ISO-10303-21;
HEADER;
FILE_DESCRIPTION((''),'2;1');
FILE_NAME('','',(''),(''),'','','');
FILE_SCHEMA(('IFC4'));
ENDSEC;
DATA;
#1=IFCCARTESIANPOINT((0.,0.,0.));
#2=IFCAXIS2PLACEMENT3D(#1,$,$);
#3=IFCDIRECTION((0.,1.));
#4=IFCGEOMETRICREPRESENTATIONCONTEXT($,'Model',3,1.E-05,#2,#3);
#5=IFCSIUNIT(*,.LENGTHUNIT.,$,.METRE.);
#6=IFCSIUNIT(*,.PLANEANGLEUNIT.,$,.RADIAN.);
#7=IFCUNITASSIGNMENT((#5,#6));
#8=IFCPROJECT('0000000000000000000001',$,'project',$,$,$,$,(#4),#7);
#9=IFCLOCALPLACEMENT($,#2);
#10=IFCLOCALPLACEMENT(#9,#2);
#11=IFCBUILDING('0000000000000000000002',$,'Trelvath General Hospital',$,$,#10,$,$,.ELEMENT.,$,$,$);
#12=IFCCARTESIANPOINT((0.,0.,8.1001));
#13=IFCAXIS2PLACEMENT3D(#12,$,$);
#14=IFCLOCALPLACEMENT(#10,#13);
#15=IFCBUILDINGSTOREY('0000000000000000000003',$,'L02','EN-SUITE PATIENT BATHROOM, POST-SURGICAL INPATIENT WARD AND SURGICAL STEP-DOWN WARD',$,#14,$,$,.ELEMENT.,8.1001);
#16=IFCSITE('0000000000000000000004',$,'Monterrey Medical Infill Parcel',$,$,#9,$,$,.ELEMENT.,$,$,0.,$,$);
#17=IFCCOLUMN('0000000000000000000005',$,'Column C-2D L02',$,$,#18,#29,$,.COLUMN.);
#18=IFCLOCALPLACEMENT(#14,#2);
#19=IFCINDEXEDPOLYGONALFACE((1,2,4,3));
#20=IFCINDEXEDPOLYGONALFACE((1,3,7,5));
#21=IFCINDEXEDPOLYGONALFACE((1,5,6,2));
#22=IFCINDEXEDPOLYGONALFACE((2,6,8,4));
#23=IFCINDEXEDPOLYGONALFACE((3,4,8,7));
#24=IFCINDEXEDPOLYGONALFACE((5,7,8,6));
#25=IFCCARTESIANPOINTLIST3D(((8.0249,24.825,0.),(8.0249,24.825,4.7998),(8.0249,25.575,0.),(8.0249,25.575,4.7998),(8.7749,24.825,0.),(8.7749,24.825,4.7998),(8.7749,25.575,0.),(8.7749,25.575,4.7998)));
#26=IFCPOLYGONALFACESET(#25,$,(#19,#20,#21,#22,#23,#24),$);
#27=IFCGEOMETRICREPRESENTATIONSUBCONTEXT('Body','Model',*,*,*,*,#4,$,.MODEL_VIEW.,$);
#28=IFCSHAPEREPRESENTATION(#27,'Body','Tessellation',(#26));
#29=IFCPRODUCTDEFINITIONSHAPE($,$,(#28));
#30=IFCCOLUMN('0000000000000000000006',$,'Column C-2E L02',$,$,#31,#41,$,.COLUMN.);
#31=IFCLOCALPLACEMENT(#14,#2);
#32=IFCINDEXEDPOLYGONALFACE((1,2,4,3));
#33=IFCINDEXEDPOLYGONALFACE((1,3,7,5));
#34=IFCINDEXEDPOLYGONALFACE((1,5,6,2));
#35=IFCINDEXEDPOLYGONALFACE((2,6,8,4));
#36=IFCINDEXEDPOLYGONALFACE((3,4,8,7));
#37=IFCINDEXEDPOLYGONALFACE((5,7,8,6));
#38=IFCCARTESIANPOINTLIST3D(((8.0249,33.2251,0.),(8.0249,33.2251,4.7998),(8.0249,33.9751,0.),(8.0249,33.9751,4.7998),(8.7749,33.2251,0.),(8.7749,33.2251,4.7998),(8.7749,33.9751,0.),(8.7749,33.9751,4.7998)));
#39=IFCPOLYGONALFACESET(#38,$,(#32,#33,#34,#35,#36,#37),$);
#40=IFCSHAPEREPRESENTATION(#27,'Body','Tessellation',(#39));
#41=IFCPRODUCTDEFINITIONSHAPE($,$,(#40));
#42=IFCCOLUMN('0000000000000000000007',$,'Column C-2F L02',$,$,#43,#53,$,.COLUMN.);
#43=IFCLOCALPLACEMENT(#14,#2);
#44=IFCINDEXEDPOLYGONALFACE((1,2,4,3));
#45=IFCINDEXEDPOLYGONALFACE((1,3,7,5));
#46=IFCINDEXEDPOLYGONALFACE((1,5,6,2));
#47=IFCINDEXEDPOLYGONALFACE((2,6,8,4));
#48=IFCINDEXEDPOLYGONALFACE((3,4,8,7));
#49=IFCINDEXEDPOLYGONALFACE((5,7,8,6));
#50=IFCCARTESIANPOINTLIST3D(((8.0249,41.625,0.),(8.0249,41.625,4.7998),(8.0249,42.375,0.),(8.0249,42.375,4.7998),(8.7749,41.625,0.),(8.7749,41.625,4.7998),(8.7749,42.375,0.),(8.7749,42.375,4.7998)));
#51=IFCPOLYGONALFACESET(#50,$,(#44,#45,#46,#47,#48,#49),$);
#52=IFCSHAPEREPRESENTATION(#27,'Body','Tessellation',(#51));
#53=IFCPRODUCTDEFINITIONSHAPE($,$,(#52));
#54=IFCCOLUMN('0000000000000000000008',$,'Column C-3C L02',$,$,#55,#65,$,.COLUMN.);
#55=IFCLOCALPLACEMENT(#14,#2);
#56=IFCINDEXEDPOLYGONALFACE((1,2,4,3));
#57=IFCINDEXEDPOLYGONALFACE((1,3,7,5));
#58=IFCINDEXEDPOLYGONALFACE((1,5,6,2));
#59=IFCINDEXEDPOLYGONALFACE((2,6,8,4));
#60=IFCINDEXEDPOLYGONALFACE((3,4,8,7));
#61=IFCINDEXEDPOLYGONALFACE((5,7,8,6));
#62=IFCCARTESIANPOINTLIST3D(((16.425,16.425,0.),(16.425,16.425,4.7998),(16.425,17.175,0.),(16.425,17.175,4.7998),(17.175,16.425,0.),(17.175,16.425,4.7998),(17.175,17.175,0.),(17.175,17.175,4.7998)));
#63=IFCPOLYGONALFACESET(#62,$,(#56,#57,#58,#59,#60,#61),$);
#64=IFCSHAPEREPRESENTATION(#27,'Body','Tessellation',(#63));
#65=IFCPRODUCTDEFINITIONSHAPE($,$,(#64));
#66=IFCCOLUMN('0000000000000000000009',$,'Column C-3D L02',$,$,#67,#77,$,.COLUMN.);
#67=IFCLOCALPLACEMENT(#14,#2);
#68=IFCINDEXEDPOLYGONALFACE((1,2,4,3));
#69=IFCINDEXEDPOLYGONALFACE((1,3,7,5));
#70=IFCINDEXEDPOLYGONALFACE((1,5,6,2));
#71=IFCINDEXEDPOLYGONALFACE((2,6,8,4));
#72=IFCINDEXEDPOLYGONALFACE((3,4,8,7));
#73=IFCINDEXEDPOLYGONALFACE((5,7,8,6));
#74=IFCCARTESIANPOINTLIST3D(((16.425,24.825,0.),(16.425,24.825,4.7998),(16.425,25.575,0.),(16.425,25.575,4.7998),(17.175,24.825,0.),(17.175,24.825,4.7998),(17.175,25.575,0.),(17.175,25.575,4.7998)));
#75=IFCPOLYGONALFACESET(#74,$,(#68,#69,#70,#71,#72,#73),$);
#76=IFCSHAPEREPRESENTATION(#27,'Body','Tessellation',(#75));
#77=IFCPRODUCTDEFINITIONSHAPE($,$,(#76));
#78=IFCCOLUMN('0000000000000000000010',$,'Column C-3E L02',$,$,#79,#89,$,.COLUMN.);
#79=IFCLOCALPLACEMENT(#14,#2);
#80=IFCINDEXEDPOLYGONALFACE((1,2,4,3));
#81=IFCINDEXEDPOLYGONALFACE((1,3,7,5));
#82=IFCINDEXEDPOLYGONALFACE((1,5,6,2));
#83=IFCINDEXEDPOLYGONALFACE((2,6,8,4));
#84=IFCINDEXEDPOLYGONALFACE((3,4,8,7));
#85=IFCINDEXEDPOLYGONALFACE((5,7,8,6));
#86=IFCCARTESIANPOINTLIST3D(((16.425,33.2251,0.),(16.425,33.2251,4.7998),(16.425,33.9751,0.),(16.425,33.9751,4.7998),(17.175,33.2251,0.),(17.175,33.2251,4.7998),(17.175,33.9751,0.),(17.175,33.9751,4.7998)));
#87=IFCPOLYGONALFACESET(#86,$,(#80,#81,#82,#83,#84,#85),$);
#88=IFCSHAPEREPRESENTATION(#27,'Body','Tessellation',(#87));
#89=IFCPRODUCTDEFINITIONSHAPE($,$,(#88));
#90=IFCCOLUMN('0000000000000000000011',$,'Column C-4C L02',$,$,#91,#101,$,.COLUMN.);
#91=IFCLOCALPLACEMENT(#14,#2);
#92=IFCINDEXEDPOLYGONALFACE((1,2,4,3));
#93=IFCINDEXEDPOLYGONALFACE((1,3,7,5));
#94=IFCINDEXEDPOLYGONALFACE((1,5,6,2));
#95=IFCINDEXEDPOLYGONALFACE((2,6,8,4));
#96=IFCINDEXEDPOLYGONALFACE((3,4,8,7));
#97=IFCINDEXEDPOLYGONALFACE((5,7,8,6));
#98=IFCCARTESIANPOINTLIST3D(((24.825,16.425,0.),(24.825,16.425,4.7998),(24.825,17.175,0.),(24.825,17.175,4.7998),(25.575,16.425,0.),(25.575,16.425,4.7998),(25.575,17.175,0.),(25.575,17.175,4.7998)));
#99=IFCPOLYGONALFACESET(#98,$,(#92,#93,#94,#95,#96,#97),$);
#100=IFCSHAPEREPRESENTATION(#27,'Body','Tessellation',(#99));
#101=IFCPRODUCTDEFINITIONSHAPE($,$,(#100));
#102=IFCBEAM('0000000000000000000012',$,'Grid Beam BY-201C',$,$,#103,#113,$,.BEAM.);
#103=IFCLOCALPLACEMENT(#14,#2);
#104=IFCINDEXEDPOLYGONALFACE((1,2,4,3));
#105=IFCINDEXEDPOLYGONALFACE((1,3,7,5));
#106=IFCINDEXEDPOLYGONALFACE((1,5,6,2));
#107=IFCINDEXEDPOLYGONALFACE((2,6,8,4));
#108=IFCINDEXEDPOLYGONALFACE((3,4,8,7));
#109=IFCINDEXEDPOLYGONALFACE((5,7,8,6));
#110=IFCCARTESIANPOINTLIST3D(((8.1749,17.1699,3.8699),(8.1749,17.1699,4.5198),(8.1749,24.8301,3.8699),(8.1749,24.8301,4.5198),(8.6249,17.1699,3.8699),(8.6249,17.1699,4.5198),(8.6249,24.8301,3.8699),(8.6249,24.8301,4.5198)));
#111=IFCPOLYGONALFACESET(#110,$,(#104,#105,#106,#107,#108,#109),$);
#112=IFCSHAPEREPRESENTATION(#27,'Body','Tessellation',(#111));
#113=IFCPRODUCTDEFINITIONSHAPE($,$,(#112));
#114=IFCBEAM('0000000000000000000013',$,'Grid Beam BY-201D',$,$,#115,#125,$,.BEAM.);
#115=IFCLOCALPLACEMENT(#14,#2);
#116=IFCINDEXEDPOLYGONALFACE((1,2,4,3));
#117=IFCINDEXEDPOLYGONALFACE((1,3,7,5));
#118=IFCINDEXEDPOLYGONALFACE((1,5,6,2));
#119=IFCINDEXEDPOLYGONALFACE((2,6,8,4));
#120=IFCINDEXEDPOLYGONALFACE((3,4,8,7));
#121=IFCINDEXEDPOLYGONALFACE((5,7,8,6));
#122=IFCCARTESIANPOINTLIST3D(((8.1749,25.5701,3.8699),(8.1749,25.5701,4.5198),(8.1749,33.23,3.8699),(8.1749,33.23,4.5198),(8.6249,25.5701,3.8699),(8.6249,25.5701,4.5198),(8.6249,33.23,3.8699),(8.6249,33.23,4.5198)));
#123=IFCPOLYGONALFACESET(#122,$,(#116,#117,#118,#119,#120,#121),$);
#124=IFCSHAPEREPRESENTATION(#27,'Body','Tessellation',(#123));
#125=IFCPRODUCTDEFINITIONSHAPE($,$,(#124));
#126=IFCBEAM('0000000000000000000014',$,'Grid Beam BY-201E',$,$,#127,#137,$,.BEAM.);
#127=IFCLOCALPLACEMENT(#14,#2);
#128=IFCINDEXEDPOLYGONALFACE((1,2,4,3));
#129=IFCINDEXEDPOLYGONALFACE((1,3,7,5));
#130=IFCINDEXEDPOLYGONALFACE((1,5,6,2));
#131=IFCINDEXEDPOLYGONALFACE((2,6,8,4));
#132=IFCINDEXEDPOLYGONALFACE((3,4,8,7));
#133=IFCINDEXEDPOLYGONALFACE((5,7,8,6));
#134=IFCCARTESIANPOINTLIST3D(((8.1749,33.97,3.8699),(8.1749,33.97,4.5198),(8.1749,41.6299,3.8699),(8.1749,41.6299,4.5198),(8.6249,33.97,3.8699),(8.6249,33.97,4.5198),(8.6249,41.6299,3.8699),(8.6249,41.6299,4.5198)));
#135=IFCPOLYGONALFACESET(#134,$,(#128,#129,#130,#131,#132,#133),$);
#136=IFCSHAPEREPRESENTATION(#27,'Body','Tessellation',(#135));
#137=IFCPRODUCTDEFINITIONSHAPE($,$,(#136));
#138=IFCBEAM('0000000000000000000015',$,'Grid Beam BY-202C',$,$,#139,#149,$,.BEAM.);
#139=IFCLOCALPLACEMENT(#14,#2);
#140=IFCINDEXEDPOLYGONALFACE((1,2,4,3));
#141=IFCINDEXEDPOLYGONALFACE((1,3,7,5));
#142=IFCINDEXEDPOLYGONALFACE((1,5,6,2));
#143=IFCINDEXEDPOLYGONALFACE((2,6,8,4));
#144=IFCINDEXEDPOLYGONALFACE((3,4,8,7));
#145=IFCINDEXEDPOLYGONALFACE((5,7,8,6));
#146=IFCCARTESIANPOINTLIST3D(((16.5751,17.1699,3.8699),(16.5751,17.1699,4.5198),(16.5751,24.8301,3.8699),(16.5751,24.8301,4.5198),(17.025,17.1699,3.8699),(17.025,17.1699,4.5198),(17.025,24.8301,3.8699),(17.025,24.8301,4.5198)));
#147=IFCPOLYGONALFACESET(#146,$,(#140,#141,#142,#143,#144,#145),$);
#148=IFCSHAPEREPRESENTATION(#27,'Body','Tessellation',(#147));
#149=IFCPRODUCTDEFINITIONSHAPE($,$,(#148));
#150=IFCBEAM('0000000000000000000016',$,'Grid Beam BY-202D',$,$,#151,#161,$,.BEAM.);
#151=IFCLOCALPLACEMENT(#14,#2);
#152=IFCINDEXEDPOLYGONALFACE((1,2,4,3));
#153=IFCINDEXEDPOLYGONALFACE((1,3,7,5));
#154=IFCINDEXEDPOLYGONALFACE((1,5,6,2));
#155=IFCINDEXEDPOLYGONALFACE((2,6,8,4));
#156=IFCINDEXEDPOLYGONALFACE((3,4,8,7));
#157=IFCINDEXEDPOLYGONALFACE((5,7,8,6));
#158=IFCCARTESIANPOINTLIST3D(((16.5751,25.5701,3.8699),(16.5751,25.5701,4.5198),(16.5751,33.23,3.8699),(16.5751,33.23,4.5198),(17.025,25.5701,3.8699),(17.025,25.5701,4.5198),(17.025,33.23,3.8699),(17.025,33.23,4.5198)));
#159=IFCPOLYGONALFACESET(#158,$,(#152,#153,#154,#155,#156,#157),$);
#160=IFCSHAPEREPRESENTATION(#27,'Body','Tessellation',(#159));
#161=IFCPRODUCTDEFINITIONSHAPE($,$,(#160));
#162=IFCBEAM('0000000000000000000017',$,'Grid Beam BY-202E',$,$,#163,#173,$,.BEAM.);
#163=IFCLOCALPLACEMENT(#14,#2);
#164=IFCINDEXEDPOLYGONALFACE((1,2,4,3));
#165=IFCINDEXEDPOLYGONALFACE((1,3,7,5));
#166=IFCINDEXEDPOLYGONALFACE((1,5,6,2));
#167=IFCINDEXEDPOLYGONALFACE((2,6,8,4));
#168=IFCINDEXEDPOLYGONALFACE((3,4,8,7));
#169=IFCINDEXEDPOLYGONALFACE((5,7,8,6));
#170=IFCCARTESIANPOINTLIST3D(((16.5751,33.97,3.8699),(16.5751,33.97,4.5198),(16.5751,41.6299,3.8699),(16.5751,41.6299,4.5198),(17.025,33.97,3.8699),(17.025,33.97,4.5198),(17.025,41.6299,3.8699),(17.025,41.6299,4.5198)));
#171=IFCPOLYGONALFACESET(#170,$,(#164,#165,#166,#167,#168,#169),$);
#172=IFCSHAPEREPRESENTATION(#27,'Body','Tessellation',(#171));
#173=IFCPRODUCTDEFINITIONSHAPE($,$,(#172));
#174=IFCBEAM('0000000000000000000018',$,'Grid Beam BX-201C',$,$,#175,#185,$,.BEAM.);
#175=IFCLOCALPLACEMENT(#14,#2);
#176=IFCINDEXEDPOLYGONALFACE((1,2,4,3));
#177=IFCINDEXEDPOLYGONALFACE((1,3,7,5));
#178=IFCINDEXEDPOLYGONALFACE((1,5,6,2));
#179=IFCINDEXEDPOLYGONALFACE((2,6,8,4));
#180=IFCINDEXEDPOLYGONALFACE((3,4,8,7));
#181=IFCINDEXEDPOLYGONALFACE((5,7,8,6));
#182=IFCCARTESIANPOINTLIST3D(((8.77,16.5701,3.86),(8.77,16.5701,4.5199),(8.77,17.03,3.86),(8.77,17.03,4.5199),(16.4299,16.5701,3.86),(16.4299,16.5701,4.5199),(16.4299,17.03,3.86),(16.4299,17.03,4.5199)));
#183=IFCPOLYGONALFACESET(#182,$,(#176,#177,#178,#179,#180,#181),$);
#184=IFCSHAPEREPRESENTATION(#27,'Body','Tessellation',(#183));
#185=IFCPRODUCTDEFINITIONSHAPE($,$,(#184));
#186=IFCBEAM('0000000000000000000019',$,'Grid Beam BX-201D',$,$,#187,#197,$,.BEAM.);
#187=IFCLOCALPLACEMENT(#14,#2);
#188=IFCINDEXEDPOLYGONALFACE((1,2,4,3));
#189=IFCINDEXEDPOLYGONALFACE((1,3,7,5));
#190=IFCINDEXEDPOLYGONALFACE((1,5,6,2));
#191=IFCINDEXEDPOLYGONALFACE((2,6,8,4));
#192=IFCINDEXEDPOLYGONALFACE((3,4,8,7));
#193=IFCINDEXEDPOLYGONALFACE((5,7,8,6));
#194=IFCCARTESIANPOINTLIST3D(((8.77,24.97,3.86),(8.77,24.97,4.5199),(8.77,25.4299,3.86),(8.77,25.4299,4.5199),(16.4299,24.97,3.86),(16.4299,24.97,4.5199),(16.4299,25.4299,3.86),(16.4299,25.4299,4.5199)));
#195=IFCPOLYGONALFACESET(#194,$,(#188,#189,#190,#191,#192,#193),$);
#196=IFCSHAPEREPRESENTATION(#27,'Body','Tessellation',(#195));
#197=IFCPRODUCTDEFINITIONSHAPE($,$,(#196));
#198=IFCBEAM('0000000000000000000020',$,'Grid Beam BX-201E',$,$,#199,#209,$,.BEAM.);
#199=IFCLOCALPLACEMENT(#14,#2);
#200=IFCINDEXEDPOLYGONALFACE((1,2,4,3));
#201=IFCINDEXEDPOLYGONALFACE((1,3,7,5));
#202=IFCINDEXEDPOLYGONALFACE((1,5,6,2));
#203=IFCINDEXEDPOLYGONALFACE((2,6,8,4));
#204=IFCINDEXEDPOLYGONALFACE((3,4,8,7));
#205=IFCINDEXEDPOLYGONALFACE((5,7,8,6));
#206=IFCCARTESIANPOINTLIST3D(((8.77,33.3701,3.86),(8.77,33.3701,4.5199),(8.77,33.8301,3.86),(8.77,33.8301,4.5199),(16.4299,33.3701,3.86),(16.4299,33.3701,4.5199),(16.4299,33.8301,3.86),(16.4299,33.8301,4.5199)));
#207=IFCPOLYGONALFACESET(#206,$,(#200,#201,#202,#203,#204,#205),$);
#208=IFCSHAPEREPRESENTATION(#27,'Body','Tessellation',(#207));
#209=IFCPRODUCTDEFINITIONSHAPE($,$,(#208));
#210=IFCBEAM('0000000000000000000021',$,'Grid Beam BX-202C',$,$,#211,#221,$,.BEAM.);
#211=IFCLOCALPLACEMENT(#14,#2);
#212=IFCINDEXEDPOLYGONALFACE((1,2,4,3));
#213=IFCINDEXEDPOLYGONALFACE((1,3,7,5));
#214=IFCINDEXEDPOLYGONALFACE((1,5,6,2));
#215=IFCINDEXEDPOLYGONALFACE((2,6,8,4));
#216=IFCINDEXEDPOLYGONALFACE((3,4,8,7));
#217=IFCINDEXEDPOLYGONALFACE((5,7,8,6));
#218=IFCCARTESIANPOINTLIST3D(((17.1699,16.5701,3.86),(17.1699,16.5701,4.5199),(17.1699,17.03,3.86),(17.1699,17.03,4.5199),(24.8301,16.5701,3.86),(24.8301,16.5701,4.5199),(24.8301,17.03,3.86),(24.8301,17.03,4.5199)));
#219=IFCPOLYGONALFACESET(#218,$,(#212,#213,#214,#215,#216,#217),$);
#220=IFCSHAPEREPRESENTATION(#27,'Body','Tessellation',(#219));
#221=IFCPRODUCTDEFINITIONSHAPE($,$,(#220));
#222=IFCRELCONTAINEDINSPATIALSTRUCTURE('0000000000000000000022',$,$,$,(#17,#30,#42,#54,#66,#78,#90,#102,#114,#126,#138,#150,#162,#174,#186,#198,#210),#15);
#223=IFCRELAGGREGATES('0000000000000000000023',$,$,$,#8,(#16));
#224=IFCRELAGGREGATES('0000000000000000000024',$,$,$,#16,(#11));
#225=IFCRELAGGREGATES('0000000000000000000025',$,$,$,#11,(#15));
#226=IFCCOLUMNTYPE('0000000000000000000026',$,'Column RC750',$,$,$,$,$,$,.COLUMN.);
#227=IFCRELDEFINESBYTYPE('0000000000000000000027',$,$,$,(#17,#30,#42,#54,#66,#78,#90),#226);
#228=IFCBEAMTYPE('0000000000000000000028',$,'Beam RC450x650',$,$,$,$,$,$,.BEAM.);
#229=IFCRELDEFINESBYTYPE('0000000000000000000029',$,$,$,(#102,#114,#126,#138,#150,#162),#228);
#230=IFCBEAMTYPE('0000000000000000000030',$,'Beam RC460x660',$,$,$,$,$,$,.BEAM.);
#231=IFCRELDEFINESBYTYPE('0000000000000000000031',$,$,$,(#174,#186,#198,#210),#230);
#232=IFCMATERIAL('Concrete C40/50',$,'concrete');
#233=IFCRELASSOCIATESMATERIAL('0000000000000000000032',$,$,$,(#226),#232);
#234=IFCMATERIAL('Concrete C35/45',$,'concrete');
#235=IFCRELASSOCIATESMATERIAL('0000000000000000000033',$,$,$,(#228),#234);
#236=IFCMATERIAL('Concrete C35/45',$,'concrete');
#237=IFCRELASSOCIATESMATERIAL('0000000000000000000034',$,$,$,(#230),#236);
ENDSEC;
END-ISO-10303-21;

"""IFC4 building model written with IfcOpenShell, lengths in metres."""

from ifc_helpers import new_model, si_unit, direction, frame, origin, origin_2d, place, context, subcontext, project, spatial, rectangle, extrude, material, material_profile, profile_set, type_object, element, save


model = new_model("IFC4")

# Units and contexts
model_context = context("Model", 3, precision=1e-05, world=origin(), true_north=direction((0.0, 1.0)))
body_context = subcontext(model_context, "Body", "Model", "MODEL_VIEW")
ifc_project = project(units=[si_unit("LENGTHUNIT", "METRE"), si_unit("PLANEANGLEUNIT", "RADIAN")], contexts=[model_context])

# Site, building, storey
site_placement = place(None, origin())
site = spatial("IfcSite", under=ifc_project, at=site_placement, Name="Monterrey Medical Infill Parcel", CompositionType="ELEMENT", RefElevation=0.0)
building_placement = place(site_placement, origin())
building = spatial("IfcBuilding", under=site, at=building_placement, Name="Trelvath General Hospital", CompositionType="ELEMENT")
storey_placement = place(building_placement, frame((0.0, 0.0, 8.1001)))
storey = spatial("IfcBuildingStorey", under=building, at=storey_placement, Name="L02", Description="EN-SUITE PATIENT BATHROOM, POST-SURGICAL INPATIENT WARD AND SURGICAL STEP-DOWN WARD", CompositionType="ELEMENT", Elevation=8.1001)

# Columns
ifc_material_1 = material(Name="Concrete C40/50", Category="concrete")
ifc_material_profile_1 = material_profile(ifc_material_1, rectangle(XDim=0.75, YDim=0.75, at=origin_2d()), Name="RC750x750")
ifc_profile_set_1 = profile_set([ifc_material_profile_1], Name="Concrete C40/50")
column_type = type_object("IfcColumnType", Name="Column RC750", PredefinedType="COLUMN", material=ifc_profile_set_1)
for number, where, z_axis, x_axis, name in (
    (1, (8.3999, 25.2, 0.0), (0.0, 0.0, 1.0), (1.0, 0.0, 0.0), "Column C-2D L02"),
    (2, (8.3999, 33.6001, 0.0), (0.0, 0.0, 1.0), (1.0, 0.0, 0.0), "Column C-2E L02"),
    (3, (8.3999, 42.0, 0.0), (0.0, 0.0, 1.0), (1.0, 0.0, 0.0), "Column C-2F L02"),
    (4, (16.8, 16.8, 0.0), (0.0, 0.0, 1.0), (1.0, 0.0, 0.0), "Column C-3C L02"),
    (5, (16.8, 25.2, 0.0), (0.0, 0.0, 1.0), (1.0, 0.0, 0.0), "Column C-3D L02"),
    (6, (16.8, 33.6001, 0.0), (0.0, 0.0, 1.0), (1.0, 0.0, 0.0), "Column C-3E L02"),
    (7, (25.2, 16.8, 0.0), (0.0, 0.0, 1.0), (1.0, 0.0, 0.0), "Column C-4C L02"),
):
    element("IfcColumn", number, at=place(storey_placement, frame(where, z_axis=z_axis, x_axis=x_axis)), inside=storey, type_object=column_type, Name=name, PredefinedType="COLUMN", context=body_context, shape_type="SweptSolid", body=[
        extrude(rectangle(XDim=0.75, YDim=0.75, at=origin_2d()), origin(), (0.0, 0.0, 1.0), 4.7998),
    ])

# Beams
ifc_material_2 = material(Name="Concrete C35/45", Category="concrete")
ifc_material_profile_2 = material_profile(ifc_material_2, rectangle(XDim=0.45, YDim=0.6499, at=origin_2d()), Name="RCB450x650")
ifc_profile_set_2 = profile_set([ifc_material_profile_2], Name="Concrete C35/45")
beam_type_1 = type_object("IfcBeamType", Name="Beam RC450x650", PredefinedType="BEAM", material=ifc_profile_set_2)
beam_1_placement = place(storey_placement, frame((8.3999, 17.1699, 4.1948), z_axis=(0.0, 1.0, 0.0), x_axis=(-1.0, 0.0, 0.0)))
element("IfcBeam", 8, at=beam_1_placement, inside=storey, type_object=beam_type_1, Name="Grid Beam BY-201C", PredefinedType="BEAM", context=body_context, shape_type="SweptSolid", body=[
    extrude(rectangle(XDim=0.45, YDim=0.6499, at=origin_2d()), origin(), (0.0, 0.0, 1.0), 7.6602),
])
for number, where, z_axis, x_axis, name in (
    (9, (8.3999, 25.5701, 4.1948), (0.0, 1.0, 0.0), (-1.0, 0.0, 0.0), "Grid Beam BY-201D"),
    (10, (8.3999, 33.97, 4.1948), (0.0, 1.0, 0.0), (-1.0, 0.0, 0.0), "Grid Beam BY-201E"),
):
    element("IfcBeam", number, at=place(storey_placement, frame(where, z_axis=z_axis, x_axis=x_axis)), inside=storey, type_object=beam_type_1, Name=name, PredefinedType="BEAM", context=body_context, shape_type="SweptSolid", body=[
        extrude(rectangle(XDim=0.45, YDim=0.6499, at=origin_2d()), origin(), (0.0, 0.0, 1.0), 7.6599),
    ])
beam_2_placement = place(storey_placement, frame((16.8, 17.1699, 4.1948), z_axis=(0.0, 1.0, 0.0), x_axis=(-1.0, 0.0, 0.0)))
element("IfcBeam", 11, at=beam_2_placement, inside=storey, type_object=beam_type_1, Name="Grid Beam BY-202C", PredefinedType="BEAM", context=body_context, shape_type="SweptSolid", body=[
    extrude(rectangle(XDim=0.45, YDim=0.6499, at=origin_2d()), origin(), (0.0, 0.0, 1.0), 7.6602),
])
for number, where, z_axis, x_axis, name in (
    (12, (16.8, 25.5701, 4.1948), (0.0, 1.0, 0.0), (-1.0, 0.0, 0.0), "Grid Beam BY-202D"),
    (13, (16.8, 33.97, 4.1948), (0.0, 1.0, 0.0), (-1.0, 0.0, 0.0), "Grid Beam BY-202E"),
):
    element("IfcBeam", number, at=place(storey_placement, frame(where, z_axis=z_axis, x_axis=x_axis)), inside=storey, type_object=beam_type_1, Name=name, PredefinedType="BEAM", context=body_context, shape_type="SweptSolid", body=[
        extrude(rectangle(XDim=0.45, YDim=0.6499, at=origin_2d()), origin(), (0.0, 0.0, 1.0), 7.6599),
    ])
ifc_material_3 = material(Name="Concrete C35/45", Category="concrete")
ifc_material_profile_3 = material_profile(ifc_material_3, rectangle(XDim=0.46, YDim=0.6599, at=origin_2d()), Name="RCB460x660")
ifc_profile_set_3 = profile_set([ifc_material_profile_3], Name="Concrete C35/45")
beam_type_2 = type_object("IfcBeamType", Name="Beam RC460x660", PredefinedType="BEAM", material=ifc_profile_set_3)
for number, where, z_axis, x_axis, name in (
    (14, (8.77, 16.8, 4.1899), (1.0, 0.0, 0.0), (0.0, 1.0, 0.0), "Grid Beam BX-201C"),
    (15, (8.77, 25.2, 4.1899), (1.0, 0.0, 0.0), (0.0, 1.0, 0.0), "Grid Beam BX-201D"),
    (16, (8.77, 33.6001, 4.1899), (1.0, 0.0, 0.0), (0.0, 1.0, 0.0), "Grid Beam BX-201E"),
):
    element("IfcBeam", number, at=place(storey_placement, frame(where, z_axis=z_axis, x_axis=x_axis)), inside=storey, type_object=beam_type_2, Name=name, PredefinedType="BEAM", context=body_context, shape_type="SweptSolid", body=[
        extrude(rectangle(XDim=0.46, YDim=0.6599, at=origin_2d()), origin(), (0.0, 0.0, 1.0), 7.6599),
    ])
for number, where, z_axis, x_axis, name in (
    (17, (17.1699, 16.8, 4.1899), (1.0, 0.0, 0.0), (0.0, 1.0, 0.0), "Grid Beam BX-202C"),
):
    element("IfcBeam", number, at=place(storey_placement, frame(where, z_axis=z_axis, x_axis=x_axis)), inside=storey, type_object=beam_type_2, Name=name, PredefinedType="BEAM", context=body_context, shape_type="SweptSolid", body=[
        extrude(rectangle(XDim=0.46, YDim=0.6599, at=origin_2d()), origin(), (0.0, 0.0, 1.0), 7.6602),
    ])

save(model, "model.ifc")
